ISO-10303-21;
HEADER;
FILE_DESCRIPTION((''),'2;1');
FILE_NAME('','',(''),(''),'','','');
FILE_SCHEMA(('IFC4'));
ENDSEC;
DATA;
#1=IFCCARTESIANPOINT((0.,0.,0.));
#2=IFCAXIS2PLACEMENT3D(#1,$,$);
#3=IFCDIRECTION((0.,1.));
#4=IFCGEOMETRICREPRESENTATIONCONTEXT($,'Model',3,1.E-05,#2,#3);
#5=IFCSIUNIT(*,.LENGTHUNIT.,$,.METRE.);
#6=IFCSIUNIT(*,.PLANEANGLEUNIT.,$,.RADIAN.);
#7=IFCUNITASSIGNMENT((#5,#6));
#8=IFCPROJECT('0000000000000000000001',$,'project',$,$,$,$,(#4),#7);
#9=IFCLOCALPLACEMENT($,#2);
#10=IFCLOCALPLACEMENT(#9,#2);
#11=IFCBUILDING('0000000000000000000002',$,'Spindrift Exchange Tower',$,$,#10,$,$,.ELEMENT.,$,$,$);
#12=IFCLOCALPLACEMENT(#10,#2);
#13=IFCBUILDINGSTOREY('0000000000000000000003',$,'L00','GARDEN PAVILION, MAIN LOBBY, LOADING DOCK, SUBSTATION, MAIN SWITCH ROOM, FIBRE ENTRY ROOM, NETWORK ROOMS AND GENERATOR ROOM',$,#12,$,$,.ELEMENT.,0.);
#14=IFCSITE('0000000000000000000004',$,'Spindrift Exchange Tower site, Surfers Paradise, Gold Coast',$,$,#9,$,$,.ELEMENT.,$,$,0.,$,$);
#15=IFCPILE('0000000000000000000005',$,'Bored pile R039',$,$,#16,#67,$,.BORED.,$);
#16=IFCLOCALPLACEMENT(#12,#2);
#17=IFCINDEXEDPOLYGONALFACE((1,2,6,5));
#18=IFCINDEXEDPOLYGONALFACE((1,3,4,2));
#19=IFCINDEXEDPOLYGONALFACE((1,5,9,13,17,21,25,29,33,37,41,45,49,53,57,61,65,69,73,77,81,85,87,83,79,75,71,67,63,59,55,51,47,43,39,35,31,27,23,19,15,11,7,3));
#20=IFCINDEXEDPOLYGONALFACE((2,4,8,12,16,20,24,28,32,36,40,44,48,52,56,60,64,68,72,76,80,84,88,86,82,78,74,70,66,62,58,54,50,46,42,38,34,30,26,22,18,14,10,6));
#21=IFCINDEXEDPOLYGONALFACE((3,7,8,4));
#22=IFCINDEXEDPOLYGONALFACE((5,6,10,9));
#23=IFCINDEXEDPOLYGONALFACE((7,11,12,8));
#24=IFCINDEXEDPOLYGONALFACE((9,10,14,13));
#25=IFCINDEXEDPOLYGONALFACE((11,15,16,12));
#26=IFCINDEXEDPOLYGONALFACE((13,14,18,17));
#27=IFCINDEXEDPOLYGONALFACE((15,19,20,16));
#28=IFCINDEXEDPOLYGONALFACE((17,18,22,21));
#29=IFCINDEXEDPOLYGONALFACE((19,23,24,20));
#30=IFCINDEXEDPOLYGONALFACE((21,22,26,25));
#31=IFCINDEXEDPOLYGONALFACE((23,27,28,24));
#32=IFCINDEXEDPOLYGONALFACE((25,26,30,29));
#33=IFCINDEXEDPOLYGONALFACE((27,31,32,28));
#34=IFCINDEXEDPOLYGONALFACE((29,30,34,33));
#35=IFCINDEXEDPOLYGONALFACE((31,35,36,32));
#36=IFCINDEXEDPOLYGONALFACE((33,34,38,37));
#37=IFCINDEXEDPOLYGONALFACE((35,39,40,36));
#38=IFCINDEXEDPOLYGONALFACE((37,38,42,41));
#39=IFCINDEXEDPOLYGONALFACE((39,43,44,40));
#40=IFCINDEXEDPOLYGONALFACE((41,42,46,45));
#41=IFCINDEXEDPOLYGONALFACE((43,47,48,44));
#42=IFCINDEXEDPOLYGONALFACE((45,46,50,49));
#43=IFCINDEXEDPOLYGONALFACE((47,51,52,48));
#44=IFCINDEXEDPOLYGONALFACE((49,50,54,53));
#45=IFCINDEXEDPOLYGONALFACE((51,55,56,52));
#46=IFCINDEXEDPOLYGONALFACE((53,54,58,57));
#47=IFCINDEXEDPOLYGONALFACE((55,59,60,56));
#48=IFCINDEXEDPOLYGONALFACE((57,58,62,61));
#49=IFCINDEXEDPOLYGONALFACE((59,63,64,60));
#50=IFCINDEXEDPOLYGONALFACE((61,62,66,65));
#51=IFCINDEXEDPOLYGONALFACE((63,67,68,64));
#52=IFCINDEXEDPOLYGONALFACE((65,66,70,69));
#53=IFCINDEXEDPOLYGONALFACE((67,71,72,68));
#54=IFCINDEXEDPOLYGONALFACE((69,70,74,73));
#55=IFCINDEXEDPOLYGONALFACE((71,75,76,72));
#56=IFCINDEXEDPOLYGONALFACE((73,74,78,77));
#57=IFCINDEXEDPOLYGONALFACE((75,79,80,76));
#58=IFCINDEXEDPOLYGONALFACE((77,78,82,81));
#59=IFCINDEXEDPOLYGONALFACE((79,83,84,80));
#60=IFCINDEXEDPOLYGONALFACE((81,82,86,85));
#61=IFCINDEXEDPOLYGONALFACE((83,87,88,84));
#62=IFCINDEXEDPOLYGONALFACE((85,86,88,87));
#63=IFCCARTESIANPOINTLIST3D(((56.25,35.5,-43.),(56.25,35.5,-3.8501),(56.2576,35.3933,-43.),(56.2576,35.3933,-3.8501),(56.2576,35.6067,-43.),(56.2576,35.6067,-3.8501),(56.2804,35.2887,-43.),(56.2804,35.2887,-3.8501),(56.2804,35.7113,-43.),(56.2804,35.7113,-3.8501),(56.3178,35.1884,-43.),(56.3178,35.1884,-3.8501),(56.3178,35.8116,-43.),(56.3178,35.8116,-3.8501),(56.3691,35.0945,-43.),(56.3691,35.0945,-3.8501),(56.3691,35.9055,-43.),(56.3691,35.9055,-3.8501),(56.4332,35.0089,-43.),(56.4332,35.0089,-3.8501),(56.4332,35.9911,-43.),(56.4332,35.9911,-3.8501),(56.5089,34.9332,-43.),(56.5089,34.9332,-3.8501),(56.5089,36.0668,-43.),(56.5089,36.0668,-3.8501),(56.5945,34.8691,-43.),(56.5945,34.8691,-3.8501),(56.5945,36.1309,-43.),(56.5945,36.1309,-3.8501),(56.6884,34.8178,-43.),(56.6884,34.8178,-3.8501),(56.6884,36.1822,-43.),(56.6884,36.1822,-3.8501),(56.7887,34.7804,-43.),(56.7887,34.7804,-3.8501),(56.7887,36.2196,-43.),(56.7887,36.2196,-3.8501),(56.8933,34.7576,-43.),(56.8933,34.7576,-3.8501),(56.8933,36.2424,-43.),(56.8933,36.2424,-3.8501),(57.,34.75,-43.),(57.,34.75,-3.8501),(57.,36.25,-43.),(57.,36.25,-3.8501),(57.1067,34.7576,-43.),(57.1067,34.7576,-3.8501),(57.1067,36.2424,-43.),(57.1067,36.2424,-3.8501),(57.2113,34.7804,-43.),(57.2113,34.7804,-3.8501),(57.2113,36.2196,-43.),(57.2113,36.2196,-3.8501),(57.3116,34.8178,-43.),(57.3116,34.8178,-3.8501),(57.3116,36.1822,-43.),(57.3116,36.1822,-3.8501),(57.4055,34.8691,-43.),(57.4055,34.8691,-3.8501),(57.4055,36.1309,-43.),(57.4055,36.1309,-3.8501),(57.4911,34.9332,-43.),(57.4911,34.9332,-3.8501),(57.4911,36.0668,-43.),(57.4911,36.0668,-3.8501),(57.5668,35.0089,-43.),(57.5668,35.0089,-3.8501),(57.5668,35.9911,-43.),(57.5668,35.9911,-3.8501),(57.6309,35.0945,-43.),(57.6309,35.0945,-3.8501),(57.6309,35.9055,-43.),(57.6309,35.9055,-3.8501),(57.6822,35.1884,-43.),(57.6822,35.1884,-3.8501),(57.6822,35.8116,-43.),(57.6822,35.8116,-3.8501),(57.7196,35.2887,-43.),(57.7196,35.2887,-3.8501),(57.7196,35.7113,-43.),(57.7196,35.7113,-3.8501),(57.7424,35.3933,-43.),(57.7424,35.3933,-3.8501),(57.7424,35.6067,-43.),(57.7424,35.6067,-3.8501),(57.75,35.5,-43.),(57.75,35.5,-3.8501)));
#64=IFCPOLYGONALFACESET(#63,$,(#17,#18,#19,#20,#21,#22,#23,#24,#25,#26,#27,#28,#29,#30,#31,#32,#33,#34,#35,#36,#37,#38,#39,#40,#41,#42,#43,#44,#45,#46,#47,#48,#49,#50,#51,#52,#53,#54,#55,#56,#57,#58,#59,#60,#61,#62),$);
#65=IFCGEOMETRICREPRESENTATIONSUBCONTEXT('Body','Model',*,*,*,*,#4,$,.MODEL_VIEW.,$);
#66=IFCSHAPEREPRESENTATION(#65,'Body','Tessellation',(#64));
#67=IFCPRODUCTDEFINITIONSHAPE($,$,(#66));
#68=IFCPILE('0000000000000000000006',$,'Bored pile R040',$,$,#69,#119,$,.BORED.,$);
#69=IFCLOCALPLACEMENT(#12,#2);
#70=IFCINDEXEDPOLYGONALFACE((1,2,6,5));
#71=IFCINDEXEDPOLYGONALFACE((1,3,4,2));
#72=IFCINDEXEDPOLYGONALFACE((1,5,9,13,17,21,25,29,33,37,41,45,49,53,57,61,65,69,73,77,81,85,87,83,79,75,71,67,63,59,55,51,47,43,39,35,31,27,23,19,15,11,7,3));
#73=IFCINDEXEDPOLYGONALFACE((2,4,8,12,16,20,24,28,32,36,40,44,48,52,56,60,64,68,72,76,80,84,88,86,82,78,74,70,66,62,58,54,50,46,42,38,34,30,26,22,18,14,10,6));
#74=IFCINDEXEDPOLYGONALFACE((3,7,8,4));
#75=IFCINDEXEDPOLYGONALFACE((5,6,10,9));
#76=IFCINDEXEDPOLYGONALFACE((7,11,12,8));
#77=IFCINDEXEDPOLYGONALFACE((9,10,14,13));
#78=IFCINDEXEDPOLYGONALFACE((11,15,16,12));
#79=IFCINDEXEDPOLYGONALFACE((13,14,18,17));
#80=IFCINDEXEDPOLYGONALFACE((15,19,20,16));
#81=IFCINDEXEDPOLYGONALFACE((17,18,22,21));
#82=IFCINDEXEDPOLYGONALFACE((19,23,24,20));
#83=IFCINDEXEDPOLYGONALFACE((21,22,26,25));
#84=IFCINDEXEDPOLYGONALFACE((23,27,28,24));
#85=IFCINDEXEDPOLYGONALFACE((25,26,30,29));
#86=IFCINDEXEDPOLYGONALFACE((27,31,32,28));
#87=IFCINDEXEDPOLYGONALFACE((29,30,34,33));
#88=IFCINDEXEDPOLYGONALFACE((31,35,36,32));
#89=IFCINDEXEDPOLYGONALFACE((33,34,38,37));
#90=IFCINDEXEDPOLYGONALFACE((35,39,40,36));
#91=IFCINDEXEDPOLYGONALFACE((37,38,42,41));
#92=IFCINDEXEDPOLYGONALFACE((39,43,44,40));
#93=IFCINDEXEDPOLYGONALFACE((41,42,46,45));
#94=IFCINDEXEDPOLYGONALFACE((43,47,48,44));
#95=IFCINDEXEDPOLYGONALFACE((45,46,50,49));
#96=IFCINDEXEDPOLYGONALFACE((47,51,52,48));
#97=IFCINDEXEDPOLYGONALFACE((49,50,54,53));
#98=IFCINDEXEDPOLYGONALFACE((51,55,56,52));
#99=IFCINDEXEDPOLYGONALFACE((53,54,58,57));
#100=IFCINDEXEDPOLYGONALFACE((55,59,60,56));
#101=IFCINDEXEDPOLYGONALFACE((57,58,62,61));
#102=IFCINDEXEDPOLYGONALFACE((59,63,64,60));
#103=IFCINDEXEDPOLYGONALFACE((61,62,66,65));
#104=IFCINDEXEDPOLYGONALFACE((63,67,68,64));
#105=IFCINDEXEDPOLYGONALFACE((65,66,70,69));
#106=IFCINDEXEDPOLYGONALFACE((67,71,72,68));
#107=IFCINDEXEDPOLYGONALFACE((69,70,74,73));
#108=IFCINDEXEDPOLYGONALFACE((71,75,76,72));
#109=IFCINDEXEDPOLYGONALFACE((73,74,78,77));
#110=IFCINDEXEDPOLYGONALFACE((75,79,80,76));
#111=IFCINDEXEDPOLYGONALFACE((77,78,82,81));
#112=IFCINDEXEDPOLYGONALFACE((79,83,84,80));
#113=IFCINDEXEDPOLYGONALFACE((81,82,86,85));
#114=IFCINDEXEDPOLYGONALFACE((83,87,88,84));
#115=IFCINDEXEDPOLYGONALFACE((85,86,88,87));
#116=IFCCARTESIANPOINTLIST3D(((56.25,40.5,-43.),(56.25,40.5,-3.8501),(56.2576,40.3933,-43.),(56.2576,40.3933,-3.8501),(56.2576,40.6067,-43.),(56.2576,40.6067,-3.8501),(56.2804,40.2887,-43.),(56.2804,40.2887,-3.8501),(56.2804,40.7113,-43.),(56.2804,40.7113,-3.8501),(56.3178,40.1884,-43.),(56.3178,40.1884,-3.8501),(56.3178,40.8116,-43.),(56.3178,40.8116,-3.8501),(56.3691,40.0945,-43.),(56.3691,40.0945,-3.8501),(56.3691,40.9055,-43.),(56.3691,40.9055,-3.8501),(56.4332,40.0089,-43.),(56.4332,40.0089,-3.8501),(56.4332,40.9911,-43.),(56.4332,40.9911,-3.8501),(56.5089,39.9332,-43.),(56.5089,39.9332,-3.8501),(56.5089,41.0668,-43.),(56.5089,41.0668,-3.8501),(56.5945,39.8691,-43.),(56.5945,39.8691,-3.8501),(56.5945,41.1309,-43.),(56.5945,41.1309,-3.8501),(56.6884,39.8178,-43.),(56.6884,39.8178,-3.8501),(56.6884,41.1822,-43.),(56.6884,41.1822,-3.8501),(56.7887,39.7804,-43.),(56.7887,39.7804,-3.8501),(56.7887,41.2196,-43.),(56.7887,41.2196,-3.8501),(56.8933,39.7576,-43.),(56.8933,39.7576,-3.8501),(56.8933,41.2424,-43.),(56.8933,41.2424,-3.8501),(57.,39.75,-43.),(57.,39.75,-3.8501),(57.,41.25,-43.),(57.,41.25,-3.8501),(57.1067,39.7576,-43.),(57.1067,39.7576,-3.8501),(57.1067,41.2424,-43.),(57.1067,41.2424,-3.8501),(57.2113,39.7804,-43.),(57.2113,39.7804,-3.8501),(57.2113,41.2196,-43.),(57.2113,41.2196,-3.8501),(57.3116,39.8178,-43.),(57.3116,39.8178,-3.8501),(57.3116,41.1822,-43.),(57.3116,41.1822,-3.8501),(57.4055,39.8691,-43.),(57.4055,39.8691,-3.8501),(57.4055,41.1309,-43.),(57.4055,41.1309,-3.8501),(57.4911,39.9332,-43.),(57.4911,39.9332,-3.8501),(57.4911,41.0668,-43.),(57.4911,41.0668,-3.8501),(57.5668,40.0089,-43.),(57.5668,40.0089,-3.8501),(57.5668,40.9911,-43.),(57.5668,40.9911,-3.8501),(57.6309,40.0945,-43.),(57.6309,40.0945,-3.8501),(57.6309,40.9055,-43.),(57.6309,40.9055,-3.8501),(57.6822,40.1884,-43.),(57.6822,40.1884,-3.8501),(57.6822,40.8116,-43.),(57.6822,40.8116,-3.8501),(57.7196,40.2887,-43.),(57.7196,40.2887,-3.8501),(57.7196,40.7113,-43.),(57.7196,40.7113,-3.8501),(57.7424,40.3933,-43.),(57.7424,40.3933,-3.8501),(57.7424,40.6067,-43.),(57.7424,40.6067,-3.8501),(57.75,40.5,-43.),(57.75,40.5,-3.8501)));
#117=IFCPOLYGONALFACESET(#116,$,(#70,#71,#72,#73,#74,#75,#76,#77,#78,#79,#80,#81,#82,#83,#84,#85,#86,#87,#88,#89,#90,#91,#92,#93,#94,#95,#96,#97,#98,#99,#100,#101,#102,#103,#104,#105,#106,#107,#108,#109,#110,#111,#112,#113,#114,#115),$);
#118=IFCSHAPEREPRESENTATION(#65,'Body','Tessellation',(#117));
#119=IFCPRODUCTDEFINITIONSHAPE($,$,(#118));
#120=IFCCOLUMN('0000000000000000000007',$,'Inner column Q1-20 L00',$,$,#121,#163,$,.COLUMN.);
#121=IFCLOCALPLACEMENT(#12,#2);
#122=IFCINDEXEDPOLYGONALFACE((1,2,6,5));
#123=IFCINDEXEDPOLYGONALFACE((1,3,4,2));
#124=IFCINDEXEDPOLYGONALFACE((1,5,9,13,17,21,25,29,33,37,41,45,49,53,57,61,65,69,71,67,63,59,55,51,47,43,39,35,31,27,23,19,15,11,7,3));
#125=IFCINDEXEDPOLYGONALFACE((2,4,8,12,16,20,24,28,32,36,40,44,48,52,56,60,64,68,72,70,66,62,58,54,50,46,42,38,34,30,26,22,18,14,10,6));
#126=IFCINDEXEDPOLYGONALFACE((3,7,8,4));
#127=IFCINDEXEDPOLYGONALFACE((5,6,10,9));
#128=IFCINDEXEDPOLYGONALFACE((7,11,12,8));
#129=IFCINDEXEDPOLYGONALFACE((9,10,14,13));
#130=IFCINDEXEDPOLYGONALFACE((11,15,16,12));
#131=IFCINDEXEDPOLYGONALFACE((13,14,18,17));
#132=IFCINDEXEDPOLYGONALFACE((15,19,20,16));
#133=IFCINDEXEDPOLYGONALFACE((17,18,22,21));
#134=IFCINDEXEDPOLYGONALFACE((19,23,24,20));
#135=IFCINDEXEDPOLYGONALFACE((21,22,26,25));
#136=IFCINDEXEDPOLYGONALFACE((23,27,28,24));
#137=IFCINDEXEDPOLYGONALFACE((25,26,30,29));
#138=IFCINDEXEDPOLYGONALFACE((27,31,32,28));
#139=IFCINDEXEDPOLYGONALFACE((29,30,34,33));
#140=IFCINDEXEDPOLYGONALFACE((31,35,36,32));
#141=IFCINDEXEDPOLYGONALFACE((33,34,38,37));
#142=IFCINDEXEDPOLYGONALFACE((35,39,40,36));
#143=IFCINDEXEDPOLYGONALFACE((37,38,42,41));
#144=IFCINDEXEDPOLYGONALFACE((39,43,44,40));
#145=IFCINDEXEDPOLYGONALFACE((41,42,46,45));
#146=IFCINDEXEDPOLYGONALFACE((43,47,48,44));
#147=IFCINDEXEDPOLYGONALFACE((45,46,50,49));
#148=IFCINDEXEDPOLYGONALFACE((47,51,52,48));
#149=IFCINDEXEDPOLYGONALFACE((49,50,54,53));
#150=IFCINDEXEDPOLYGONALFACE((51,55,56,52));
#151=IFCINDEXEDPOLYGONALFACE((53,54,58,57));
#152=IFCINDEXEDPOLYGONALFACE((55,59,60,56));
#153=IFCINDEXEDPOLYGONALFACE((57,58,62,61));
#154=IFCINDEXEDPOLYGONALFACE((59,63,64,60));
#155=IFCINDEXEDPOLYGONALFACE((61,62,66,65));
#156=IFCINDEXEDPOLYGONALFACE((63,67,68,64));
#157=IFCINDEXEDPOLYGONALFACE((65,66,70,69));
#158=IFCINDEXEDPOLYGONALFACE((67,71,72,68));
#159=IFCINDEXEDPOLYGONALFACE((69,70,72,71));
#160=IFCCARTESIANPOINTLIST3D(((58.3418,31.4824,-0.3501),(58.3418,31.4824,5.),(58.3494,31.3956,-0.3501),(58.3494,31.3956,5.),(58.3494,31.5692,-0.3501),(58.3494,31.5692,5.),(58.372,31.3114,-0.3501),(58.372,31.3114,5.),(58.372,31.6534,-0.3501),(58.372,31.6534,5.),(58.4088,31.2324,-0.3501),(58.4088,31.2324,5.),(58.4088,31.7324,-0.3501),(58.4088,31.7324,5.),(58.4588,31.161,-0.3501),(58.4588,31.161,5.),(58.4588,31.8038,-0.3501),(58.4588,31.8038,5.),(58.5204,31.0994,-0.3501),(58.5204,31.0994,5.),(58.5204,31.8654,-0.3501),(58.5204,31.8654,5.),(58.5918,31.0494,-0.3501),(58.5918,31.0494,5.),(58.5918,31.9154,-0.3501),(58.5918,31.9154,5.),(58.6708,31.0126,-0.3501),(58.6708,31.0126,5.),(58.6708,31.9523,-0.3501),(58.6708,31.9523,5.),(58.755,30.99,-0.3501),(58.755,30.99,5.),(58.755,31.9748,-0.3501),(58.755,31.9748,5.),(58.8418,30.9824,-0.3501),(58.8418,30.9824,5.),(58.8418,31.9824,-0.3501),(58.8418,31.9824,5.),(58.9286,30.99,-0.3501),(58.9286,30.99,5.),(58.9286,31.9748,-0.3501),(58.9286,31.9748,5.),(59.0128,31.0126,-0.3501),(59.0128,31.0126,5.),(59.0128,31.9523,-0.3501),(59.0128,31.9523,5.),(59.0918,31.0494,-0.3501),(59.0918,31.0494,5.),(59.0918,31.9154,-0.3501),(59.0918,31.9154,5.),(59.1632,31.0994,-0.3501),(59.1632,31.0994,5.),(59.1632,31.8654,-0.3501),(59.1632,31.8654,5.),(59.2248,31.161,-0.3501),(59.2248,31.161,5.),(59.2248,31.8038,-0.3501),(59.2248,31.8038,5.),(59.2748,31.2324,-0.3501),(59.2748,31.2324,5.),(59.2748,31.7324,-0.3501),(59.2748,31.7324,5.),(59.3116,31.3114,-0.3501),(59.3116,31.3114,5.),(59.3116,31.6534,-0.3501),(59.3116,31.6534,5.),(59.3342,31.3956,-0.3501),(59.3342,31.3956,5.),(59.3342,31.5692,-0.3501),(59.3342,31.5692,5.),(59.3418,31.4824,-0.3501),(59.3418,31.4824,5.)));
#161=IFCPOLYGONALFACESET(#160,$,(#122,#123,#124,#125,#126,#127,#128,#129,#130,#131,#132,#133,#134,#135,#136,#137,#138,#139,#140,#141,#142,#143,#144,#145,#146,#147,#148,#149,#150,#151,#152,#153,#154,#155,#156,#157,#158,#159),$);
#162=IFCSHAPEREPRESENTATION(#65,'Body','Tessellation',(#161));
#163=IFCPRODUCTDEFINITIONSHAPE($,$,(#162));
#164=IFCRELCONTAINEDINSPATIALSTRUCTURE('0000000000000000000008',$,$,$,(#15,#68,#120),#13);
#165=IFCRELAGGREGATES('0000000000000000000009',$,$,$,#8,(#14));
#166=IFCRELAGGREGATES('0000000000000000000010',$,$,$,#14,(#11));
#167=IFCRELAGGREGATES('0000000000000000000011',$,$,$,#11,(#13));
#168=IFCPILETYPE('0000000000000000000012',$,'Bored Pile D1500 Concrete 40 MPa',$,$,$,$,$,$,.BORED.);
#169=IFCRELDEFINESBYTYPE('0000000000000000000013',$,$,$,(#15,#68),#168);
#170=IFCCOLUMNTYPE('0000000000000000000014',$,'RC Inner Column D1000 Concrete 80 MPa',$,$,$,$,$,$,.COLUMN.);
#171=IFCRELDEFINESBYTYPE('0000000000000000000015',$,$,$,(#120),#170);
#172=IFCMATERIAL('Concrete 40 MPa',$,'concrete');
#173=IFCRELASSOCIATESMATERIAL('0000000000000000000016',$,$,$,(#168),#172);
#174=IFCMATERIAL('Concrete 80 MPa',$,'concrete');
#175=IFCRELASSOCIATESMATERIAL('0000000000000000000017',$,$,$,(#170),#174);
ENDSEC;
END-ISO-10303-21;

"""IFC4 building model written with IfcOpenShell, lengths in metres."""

from ifc_helpers import new_model, si_unit, direction, frame, origin, origin_2d, place, context, subcontext, project, spatial, circle, extrude, source, transform, mapped, material, material_profile, profile_set, type_object, element, save


model = new_model("IFC4")

# Units and contexts
model_context = context("Model", 3, precision=1e-05, world=origin(), true_north=direction((0.0, 1.0)))
body_context = subcontext(model_context, "Body", "Model", "MODEL_VIEW")
ifc_project = project(units=[si_unit("LENGTHUNIT", "METRE"), si_unit("PLANEANGLEUNIT", "RADIAN")], contexts=[model_context])

# Site, building, storey
site_placement = place(None, origin())
site = spatial("IfcSite", under=ifc_project, at=site_placement, Name="Spindrift Exchange Tower site, Surfers Paradise, Gold Coast", CompositionType="ELEMENT", RefElevation=0.0)
building_placement = place(site_placement, origin())
building = spatial("IfcBuilding", under=site, at=building_placement, Name="Spindrift Exchange Tower", CompositionType="ELEMENT")
storey_placement = place(building_placement, origin())
storey = spatial("IfcBuildingStorey", under=building, at=storey_placement, Name="L00", Description="GARDEN PAVILION, MAIN LOBBY, LOADING DOCK, SUBSTATION, MAIN SWITCH ROOM, FIBRE ENTRY ROOM, NETWORK ROOMS AND GENERATOR ROOM", CompositionType="ELEMENT", Elevation=0.0)

# Piles
ifc_material_1 = material(Name="Concrete 40 MPa", Category="concrete")
ifc_material_profile_1 = material_profile(ifc_material_1, circle(Radius=0.75, at=origin_2d()), Name="BP D1500")
ifc_profile_set_1 = profile_set([ifc_material_profile_1], Name="Concrete 40 MPa")
pile_type = type_object("IfcPileType", Name="Bored Pile D1500 Concrete 40 MPa", PredefinedType="BORED", material=ifc_profile_set_1)
shared_shape_1 = source(origin(), body_context, "Body", "SweptSolid", [
    extrude(circle(Radius=0.75, at=origin_2d()), origin(), (0.0, 0.0, 1.0), 39.1499),
])
for number, where, z_axis, x_axis, name in (
    (1, (57.0, 35.5, -3.8501), (0.0, 0.0, -1.0), (1.0, 0.0, 0.0), "Bored pile R039"),
    (2, (57.0, 40.5, -3.8501), (0.0, 0.0, -1.0), (1.0, 0.0, 0.0), "Bored pile R040"),
):
    element("IfcPile", number, at=place(storey_placement, frame(where, z_axis=z_axis, x_axis=x_axis)), inside=storey, type_object=pile_type, Name=name, PredefinedType="BORED", context=body_context, shape_type="MappedRepresentation", body=[
        mapped(shared_shape_1, transform((0.0, 0.0, 0.0), scale=1.0)),
    ])

# Column
ifc_material_2 = material(Name="Concrete 80 MPa", Category="concrete")
ifc_material_profile_2 = material_profile(ifc_material_2, circle(Radius=0.5, at=origin_2d()), Name="RC D1000")
ifc_profile_set_2 = profile_set([ifc_material_profile_2], Name="Concrete 80 MPa")
column_type = type_object("IfcColumnType", Name="RC Inner Column D1000 Concrete 80 MPa", PredefinedType="COLUMN", material=ifc_profile_set_2)
shared_shape_2 = source(origin(), body_context, "Body", "SweptSolid", [
    extrude(circle(Radius=0.5, at=origin_2d()), origin(), (0.0, 0.0, 1.0), 5.3501),
])
column_placement = place(storey_placement, frame((58.8418, 31.4824, -0.3501), z_axis=(0.0, 0.0, 1.0), x_axis=(1.0, 0.0, 0.0)))
element("IfcColumn", 3, at=column_placement, inside=storey, type_object=column_type, Name="Inner column Q1-20 L00", PredefinedType="COLUMN", context=body_context, shape_type="MappedRepresentation", body=[
    mapped(shared_shape_2, transform((0.0, 0.0, 0.0), scale=1.0)),
])

save(model, "model.ifc")
